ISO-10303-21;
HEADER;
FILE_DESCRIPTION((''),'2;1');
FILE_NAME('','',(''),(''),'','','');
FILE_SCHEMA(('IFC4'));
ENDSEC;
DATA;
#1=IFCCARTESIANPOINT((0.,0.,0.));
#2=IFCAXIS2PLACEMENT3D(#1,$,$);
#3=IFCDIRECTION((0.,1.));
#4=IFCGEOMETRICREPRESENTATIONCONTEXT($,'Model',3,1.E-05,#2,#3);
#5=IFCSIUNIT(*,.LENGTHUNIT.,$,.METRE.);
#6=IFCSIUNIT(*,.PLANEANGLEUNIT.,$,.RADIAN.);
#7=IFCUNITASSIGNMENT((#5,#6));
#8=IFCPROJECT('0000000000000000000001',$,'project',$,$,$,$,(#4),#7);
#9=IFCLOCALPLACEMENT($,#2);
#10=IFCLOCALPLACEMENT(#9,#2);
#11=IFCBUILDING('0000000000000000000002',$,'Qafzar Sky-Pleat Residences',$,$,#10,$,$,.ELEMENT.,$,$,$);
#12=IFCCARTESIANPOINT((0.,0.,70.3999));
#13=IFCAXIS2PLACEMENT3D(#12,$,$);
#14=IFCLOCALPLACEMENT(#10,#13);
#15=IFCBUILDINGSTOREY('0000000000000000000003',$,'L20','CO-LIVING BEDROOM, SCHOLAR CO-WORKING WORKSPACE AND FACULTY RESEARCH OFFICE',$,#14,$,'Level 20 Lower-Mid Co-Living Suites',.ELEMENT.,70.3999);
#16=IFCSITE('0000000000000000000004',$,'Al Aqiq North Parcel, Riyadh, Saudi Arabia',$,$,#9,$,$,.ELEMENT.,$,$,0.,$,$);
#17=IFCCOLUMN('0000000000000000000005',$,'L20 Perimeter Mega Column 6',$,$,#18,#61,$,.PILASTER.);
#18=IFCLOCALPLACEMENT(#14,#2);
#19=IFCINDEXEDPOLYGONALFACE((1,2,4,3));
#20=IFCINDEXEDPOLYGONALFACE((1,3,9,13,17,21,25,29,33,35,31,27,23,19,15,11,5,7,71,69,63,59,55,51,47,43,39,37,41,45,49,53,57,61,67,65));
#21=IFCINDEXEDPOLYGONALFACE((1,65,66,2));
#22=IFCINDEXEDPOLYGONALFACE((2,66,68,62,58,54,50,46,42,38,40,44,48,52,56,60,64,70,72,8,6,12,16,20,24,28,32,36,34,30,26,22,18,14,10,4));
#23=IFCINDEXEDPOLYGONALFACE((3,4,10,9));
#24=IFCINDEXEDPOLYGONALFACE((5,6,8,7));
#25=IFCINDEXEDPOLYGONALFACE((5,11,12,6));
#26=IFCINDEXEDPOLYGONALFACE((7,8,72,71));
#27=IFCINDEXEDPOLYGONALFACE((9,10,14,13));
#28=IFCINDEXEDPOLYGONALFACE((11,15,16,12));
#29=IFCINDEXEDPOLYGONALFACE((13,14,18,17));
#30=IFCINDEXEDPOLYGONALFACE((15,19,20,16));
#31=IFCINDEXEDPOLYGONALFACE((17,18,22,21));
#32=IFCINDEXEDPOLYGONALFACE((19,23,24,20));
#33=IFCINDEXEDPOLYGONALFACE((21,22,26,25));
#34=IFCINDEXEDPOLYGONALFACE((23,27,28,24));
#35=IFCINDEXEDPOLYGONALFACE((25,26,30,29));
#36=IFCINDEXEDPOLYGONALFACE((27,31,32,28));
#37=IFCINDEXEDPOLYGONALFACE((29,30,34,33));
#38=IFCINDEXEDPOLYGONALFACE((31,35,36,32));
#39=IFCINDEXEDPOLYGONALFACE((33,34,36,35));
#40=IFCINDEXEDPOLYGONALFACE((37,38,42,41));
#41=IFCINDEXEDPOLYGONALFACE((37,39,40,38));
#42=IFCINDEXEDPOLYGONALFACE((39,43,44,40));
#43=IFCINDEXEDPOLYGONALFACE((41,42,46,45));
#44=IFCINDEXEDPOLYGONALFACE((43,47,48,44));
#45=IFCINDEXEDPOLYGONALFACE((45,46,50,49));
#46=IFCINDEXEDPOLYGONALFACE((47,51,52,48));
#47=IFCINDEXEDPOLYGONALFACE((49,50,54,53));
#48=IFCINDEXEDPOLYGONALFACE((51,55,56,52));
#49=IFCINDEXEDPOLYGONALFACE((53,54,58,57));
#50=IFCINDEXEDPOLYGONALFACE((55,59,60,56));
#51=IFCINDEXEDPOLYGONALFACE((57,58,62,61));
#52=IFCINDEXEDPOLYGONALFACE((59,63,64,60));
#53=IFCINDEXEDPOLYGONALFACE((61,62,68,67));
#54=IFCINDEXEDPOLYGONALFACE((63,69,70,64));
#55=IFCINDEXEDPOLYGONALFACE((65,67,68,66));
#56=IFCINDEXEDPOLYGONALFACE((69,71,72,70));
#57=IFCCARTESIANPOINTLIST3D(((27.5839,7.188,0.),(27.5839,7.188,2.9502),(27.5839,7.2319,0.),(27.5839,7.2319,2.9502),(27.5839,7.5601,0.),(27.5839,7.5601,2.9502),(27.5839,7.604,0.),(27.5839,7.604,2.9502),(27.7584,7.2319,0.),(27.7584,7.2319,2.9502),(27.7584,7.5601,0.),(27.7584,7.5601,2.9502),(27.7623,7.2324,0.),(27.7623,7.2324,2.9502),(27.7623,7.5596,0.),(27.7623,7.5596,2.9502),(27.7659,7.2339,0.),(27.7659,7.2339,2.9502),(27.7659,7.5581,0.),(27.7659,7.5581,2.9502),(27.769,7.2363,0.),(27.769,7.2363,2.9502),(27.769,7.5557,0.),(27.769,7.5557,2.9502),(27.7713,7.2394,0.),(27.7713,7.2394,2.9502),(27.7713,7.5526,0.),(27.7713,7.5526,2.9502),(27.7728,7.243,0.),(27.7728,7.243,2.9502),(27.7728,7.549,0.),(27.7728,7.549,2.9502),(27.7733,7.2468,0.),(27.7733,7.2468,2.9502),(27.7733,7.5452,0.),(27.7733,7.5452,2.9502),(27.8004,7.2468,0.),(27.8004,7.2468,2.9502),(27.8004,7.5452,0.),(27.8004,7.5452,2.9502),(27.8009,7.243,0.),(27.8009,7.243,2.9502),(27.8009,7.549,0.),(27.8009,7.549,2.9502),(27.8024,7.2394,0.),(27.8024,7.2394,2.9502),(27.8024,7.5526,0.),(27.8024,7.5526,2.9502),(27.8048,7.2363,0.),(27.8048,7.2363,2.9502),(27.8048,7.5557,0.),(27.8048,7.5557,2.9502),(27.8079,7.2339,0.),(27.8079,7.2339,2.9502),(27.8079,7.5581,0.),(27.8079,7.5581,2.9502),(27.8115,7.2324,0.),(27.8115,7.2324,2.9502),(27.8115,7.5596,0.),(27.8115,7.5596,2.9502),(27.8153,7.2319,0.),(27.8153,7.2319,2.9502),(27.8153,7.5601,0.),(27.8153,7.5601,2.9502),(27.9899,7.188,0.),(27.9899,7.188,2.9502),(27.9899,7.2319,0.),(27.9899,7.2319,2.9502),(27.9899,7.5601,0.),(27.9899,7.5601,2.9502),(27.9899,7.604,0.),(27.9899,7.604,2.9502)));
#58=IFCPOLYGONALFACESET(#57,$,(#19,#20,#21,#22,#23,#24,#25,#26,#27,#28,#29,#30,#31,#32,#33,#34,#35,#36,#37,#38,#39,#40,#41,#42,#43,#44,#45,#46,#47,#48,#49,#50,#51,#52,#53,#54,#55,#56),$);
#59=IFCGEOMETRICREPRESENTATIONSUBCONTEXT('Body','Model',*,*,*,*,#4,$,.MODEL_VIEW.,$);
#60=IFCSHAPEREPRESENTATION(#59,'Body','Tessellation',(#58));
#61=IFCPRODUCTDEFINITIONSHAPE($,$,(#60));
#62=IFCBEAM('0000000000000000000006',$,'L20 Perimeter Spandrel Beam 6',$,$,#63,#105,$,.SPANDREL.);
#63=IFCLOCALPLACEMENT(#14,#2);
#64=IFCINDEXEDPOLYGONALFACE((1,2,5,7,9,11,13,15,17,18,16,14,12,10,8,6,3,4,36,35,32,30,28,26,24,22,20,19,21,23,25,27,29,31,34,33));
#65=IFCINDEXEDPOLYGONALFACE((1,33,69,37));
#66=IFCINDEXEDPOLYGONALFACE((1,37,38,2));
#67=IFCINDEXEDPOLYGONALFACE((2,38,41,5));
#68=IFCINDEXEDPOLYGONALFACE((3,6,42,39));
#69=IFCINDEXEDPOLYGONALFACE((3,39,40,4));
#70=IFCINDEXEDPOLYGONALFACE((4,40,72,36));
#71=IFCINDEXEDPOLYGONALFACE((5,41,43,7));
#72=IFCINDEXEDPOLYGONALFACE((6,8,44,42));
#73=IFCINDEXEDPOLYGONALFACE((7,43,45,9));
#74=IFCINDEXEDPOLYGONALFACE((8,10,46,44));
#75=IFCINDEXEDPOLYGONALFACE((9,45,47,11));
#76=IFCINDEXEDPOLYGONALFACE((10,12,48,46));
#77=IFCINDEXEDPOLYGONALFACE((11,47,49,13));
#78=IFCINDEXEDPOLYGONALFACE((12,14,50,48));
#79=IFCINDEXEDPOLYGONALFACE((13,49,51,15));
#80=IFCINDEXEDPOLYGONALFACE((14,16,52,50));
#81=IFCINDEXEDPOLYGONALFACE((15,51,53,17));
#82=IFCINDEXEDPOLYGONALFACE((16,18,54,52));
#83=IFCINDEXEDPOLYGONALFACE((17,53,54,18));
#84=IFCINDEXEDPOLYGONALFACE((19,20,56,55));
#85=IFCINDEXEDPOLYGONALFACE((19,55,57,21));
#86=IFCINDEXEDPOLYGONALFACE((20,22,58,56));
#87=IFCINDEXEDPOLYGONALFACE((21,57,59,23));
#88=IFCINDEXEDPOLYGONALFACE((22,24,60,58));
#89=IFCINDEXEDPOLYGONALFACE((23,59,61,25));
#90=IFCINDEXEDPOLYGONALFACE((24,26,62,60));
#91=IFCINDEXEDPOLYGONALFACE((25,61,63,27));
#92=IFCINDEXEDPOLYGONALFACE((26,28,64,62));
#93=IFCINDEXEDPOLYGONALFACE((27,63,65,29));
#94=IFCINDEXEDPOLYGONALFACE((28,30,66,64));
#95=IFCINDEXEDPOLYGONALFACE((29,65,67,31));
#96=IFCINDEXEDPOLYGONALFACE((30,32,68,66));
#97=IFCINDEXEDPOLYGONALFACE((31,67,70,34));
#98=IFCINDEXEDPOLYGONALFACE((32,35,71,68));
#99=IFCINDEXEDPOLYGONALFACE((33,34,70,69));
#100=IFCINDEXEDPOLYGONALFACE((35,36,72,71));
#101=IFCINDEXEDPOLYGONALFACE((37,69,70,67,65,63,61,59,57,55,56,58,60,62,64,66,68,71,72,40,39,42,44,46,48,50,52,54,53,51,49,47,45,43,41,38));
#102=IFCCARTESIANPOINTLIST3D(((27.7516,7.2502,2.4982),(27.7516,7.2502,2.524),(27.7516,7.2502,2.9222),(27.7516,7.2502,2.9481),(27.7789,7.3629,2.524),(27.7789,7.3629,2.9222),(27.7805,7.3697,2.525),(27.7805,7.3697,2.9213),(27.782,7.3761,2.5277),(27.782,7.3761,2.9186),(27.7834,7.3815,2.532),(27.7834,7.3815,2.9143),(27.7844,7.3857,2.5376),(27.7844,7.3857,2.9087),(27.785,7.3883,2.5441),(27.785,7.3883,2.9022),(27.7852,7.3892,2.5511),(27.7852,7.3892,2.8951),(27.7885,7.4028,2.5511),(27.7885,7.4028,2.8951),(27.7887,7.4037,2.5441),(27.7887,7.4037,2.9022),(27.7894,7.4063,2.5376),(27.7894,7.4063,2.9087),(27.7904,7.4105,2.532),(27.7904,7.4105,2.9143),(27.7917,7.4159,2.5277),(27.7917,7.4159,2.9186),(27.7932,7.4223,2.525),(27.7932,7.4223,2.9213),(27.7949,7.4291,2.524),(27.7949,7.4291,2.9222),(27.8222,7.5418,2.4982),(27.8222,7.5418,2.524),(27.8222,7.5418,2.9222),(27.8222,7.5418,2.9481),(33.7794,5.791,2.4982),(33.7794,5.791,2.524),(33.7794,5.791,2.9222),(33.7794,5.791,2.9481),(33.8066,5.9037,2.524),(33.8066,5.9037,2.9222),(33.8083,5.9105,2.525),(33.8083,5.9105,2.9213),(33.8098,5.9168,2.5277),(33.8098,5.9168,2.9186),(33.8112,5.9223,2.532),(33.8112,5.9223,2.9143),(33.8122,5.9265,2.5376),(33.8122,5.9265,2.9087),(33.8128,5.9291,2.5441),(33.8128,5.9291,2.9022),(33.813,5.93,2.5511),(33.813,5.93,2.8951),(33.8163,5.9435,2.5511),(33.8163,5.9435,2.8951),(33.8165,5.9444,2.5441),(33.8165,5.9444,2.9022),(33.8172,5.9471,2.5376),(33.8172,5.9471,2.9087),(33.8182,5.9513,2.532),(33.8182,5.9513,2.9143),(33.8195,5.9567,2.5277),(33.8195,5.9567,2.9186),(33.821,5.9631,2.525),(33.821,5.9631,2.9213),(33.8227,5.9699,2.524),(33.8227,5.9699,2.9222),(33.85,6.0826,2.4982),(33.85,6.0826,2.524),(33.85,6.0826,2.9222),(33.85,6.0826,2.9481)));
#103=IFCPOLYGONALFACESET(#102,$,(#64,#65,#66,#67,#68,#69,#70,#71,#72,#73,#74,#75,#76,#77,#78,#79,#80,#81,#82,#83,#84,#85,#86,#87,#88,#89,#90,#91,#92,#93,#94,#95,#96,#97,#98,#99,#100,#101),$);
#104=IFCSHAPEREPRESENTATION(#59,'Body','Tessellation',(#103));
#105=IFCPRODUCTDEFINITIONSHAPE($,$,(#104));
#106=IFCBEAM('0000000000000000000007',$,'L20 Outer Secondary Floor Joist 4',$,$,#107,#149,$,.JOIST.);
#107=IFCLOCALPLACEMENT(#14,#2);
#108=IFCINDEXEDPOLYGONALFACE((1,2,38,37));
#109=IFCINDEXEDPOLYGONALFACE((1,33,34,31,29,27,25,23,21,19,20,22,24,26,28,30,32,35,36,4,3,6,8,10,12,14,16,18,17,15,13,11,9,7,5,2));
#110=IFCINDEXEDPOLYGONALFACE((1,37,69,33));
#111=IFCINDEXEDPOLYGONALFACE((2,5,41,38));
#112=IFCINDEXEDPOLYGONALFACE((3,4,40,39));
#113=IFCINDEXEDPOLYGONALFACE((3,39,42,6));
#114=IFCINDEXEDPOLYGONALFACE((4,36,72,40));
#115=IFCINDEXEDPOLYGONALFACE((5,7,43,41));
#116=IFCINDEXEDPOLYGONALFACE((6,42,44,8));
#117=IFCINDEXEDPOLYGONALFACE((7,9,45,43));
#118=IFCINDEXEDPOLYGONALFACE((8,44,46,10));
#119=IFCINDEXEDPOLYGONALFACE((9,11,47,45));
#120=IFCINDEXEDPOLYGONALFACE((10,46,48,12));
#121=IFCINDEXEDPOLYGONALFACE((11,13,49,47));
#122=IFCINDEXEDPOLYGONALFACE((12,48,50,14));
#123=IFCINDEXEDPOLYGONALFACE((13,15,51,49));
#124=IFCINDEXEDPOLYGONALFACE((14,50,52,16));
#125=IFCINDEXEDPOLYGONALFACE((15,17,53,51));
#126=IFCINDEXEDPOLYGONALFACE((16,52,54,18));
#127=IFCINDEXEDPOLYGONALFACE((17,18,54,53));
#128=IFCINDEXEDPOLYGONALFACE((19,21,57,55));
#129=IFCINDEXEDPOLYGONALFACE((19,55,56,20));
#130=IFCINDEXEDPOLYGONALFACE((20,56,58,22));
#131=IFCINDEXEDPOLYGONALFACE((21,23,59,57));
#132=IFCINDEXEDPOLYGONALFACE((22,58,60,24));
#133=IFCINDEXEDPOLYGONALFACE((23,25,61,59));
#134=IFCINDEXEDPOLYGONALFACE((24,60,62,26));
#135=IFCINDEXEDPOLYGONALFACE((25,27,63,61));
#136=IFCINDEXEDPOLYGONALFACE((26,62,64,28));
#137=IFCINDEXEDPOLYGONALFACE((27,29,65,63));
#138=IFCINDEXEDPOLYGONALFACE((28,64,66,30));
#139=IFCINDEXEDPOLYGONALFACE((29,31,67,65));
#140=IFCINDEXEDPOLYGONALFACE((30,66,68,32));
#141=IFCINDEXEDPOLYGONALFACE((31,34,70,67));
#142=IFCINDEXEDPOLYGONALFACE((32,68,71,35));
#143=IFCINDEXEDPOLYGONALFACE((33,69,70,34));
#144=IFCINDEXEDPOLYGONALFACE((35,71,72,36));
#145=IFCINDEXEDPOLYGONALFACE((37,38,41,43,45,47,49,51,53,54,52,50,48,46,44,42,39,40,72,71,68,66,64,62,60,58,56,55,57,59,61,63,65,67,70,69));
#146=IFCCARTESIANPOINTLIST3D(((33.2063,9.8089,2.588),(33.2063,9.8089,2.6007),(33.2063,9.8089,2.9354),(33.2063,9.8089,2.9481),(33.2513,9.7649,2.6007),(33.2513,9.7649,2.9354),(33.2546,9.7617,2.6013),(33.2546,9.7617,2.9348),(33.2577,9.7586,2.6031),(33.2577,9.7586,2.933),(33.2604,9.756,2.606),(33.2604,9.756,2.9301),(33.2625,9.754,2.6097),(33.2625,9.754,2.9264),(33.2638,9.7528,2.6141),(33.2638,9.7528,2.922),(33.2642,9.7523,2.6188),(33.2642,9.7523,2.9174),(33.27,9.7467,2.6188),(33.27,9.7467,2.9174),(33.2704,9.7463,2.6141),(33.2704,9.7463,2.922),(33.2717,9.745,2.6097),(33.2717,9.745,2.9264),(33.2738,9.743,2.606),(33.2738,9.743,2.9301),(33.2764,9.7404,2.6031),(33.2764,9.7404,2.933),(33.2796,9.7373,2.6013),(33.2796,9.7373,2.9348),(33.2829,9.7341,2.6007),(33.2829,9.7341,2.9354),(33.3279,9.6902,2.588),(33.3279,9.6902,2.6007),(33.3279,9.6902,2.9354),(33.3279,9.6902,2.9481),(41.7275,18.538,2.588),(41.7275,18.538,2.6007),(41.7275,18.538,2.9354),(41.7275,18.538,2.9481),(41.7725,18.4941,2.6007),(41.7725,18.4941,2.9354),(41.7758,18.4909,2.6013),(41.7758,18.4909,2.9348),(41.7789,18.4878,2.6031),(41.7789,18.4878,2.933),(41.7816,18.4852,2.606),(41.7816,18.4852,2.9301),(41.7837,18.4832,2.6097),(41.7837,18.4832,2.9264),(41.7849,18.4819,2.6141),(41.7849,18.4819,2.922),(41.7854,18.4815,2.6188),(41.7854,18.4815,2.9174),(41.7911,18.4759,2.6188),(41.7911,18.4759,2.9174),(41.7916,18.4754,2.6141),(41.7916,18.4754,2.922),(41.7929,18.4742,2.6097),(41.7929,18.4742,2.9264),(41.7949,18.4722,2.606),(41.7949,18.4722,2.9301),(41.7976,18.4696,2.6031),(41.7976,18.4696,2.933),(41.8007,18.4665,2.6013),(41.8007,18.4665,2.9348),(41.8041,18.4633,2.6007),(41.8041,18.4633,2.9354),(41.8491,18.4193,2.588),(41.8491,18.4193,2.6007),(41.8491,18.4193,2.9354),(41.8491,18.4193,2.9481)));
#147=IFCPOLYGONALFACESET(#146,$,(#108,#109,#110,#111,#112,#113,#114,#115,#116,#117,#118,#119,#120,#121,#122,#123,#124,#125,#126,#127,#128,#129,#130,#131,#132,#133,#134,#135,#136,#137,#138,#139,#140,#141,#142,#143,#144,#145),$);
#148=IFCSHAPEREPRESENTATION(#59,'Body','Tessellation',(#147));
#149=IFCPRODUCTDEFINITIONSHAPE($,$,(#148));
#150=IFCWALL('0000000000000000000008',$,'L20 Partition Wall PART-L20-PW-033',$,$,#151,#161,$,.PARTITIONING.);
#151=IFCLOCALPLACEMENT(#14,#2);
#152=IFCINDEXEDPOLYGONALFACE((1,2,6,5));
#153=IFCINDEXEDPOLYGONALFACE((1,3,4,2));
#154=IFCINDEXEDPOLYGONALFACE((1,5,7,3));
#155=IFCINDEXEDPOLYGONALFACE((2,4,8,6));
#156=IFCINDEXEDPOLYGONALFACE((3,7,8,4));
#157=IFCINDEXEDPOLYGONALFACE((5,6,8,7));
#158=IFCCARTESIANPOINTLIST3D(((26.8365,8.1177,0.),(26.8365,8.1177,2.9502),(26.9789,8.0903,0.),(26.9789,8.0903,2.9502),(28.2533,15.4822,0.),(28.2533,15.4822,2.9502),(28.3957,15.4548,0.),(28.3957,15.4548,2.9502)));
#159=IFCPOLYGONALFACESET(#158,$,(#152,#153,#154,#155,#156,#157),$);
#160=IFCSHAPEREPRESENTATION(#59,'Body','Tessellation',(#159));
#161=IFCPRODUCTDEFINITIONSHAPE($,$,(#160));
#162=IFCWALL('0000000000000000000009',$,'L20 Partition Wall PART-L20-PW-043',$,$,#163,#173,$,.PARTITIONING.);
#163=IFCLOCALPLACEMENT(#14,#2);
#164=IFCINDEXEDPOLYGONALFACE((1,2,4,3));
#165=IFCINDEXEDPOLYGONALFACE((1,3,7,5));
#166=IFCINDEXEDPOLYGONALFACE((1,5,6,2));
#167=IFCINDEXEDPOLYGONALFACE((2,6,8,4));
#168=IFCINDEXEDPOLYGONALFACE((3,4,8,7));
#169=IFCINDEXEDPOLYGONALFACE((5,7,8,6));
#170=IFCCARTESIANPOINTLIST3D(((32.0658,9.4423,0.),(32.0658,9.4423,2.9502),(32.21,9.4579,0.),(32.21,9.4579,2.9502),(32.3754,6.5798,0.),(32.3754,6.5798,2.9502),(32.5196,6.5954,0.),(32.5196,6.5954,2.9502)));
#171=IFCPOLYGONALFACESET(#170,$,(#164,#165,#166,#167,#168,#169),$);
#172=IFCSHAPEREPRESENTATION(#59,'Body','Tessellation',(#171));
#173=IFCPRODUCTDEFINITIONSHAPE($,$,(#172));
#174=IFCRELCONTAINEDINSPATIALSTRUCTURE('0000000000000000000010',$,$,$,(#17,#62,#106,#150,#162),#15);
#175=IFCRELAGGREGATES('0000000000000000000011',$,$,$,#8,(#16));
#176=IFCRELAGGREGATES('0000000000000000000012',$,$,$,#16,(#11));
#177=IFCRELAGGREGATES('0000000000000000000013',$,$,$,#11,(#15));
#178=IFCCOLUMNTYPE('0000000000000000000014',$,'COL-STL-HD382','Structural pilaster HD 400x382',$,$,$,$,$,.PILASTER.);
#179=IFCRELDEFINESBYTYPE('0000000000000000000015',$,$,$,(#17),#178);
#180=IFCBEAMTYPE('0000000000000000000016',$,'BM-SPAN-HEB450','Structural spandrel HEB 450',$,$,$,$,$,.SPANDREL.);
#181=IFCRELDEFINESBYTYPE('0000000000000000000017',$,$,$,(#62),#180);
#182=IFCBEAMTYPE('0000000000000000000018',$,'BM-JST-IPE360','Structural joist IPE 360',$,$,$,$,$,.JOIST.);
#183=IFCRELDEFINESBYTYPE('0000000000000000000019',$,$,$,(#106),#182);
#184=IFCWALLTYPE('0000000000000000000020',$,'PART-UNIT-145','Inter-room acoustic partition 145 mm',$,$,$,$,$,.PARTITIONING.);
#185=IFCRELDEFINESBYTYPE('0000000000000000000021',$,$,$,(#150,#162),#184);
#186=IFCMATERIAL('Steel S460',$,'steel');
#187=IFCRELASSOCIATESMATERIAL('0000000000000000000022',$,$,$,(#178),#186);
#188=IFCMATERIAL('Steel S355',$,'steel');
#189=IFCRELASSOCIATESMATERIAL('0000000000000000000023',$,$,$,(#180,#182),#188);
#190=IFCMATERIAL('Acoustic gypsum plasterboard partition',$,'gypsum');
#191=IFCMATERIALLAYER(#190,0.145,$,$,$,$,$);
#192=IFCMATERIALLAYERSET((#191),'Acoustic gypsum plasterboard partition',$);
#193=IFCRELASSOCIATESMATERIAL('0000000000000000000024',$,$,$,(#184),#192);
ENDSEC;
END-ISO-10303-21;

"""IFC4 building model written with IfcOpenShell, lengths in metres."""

from ifc_helpers import new_model, si_unit, direction, frame, frame_2d, origin, origin_2d, place, context, subcontext, project, spatial, rectangle, i_section, extrude, source, transform, mapped, material, layer, layer_set, material_profile, profile_set, type_object, element, save


model = new_model("IFC4")

# Units and contexts
model_context = context("Model", 3, precision=1e-05, world=origin(), true_north=direction((0.0, 1.0)))
body_context = subcontext(model_context, "Body", "Model", "MODEL_VIEW")
ifc_project = project(units=[si_unit("LENGTHUNIT", "METRE"), si_unit("PLANEANGLEUNIT", "RADIAN")], contexts=[model_context])

# Site, building, storey
site_placement = place(None, origin())
site = spatial("IfcSite", under=ifc_project, at=site_placement, Name="Al Aqiq North Parcel, Riyadh, Saudi Arabia", CompositionType="ELEMENT", RefElevation=0.0)
building_placement = place(site_placement, origin())
building = spatial("IfcBuilding", under=site, at=building_placement, Name="Qafzar Sky-Pleat Residences", CompositionType="ELEMENT")
storey_placement = place(building_placement, frame((0.0, 0.0, 70.3999)))
storey = spatial("IfcBuildingStorey", under=building, at=storey_placement, Name="L20", Description="CO-LIVING BEDROOM, SCHOLAR CO-WORKING WORKSPACE AND FACULTY RESEARCH OFFICE", LongName="Level 20 Lower-Mid Co-Living Suites", CompositionType="ELEMENT", Elevation=70.3999)

# Column
ifc_material_1 = material(Name="Steel S460", Category="steel")
ifc_material_profile_1 = material_profile(ifc_material_1, i_section(OverallWidth=0.406, OverallDepth=0.416, WebThickness=0.0271, FlangeThickness=0.0439, FilletRadius=0.0149, at=origin_2d()), Name="HD 400x382")
ifc_profile_set_1 = profile_set([ifc_material_profile_1], Name="Steel S460")
column_type = type_object("IfcColumnType", Name="COL-STL-HD382", Description="Structural pilaster HD 400x382", PredefinedType="PILASTER", material=ifc_profile_set_1)
shared_shape_1 = source(origin(), body_context, "Body", "SweptSolid", [
    extrude(i_section(OverallWidth=0.406, OverallDepth=0.416, WebThickness=0.0271, FlangeThickness=0.0439, FilletRadius=0.0149, at=origin_2d()), origin(), (0.0, 0.0, 1.0), 2.9502),
])
column_placement = place(storey_placement, frame((27.7869, 7.396, 0.0), z_axis=(0.0, 0.0, 1.0), x_axis=(1.0, 0.0, 0.0)))
element("IfcColumn", 1, at=column_placement, inside=storey, type_object=column_type, Name="L20 Perimeter Mega Column 6", PredefinedType="PILASTER", context=body_context, shape_type="MappedRepresentation", body=[
    mapped(shared_shape_1, transform((0.0, 0.0, 0.0), x_axis=(1.0, 0.0, 0.0), y_axis=(0.0, 1.0, 0.0), z_axis=(0.0, 0.0, 1.0), scale=1.0)),
])

# Beams
ifc_material_2 = material(Name="Steel S355", Category="steel")
ifc_material_profile_2 = material_profile(ifc_material_2, i_section(OverallWidth=0.3, OverallDepth=0.45, WebThickness=0.0139, FlangeThickness=0.0259, FilletRadius=0.0271, at=origin_2d()), Name="HEB 450")
ifc_profile_set_2 = profile_set([ifc_material_profile_2], Name="Steel S355")
beam_type_1 = type_object("IfcBeamType", Name="BM-SPAN-HEB450", Description="Structural spandrel HEB 450", PredefinedType="SPANDREL", material=ifc_profile_set_2)
shared_shape_2 = source(origin(), body_context, "Body", "SweptSolid", [
    extrude(i_section(OverallWidth=0.3, OverallDepth=0.45, WebThickness=0.0139, FlangeThickness=0.0259, FilletRadius=0.0271, at=origin_2d()), origin(), (0.0, 0.0, 1.0), 6.2019),
])
beam_1_placement = place(storey_placement, frame((27.7869, 7.396, 2.7231), z_axis=(0.971926, -0.235286, 0.0), x_axis=(0.235286, 0.971926, 0.0)))
element("IfcBeam", 2, at=beam_1_placement, inside=storey, type_object=beam_type_1, Name="L20 Perimeter Spandrel Beam 6", PredefinedType="SPANDREL", context=body_context, shape_type="MappedRepresentation", body=[
    mapped(shared_shape_2, transform((0.0, 0.0, 0.0), x_axis=(1.0, 0.0, 0.0), y_axis=(0.0, 1.0, 0.0), z_axis=(0.0, 0.0, 1.0), scale=1.0)),
])
ifc_material_profile_3 = material_profile(ifc_material_2, i_section(OverallWidth=0.1699, OverallDepth=0.3601, WebThickness=0.0081, FlangeThickness=0.0127, FilletRadius=0.0181, at=origin_2d()), Name="IPE 360")
ifc_profile_set_3 = profile_set([ifc_material_profile_3], Name="Steel S355")
beam_type_2 = type_object("IfcBeamType", Name="BM-JST-IPE360", Description="Structural joist IPE 360", PredefinedType="JOIST", material=ifc_profile_set_3)
shared_shape_3 = source(origin(), body_context, "Body", "SweptSolid", [
    extrude(i_section(OverallWidth=0.1699, OverallDepth=0.3601, WebThickness=0.0081, FlangeThickness=0.0127, FilletRadius=0.0181, at=origin_2d()), origin(), (0.0, 0.0, 1.0), 12.1987),
])
beam_2_placement = place(storey_placement, frame((33.2671, 9.7495, 2.7681), z_axis=(0.69853, 0.715581, 0.0), x_axis=(-0.715581, 0.69853, 0.0)))
element("IfcBeam", 3, at=beam_2_placement, inside=storey, type_object=beam_type_2, Name="L20 Outer Secondary Floor Joist 4", PredefinedType="JOIST", context=body_context, shape_type="MappedRepresentation", body=[
    mapped(shared_shape_3, transform((0.0, 0.0, 0.0), x_axis=(1.0, 0.0, 0.0), y_axis=(0.0, 1.0, 0.0), z_axis=(0.0, 0.0, 1.0), scale=1.0)),
])

# Walls
ifc_material_3 = material(Name="Acoustic gypsum plasterboard partition", Category="gypsum")
ifc_layer_1 = layer(ifc_material_3, 0.145)
ifc_layer_set_1 = layer_set([ifc_layer_1], Name="Acoustic gypsum plasterboard partition")
wall_type_1 = type_object("IfcWallType", Name="PART-UNIT-145", Description="Inter-room acoustic partition 145 mm", PredefinedType="PARTITIONING", material=ifc_layer_set_1)
wall_1_placement = place(storey_placement, frame((26.9077, 8.104, 0.0), z_axis=(0.0, 0.0, 1.0), x_axis=(0.188911, 0.981994, 0.0)))
element("IfcWall", 4, at=wall_1_placement, inside=storey, type_object=wall_type_1, Name="L20 Partition Wall PART-L20-PW-033", PredefinedType="PARTITIONING", context=body_context, shape_type="SweptSolid", body=[
    extrude(rectangle(XDim=7.4995, YDim=0.145, at=frame_2d((3.7498, 0.0))), origin(), (0.0, 0.0, 1.0), 2.9502),
])
wall_2_placement = place(storey_placement, frame((32.1379, 9.45, 0.0), z_axis=(0.0, 0.0, 1.0), x_axis=(0.107518, -0.994203, 0.0)))
element("IfcWall", 5, at=wall_2_placement, inside=storey, type_object=wall_type_1, Name="L20 Partition Wall PART-L20-PW-043", PredefinedType="PARTITIONING", context=body_context, shape_type="SweptSolid", body=[
    extrude(rectangle(XDim=2.8792, YDim=0.145, at=frame_2d((1.4395, 0.0))), origin(), (0.0, 0.0, 1.0), 2.9502),
])

save(model, "model.ifc")
